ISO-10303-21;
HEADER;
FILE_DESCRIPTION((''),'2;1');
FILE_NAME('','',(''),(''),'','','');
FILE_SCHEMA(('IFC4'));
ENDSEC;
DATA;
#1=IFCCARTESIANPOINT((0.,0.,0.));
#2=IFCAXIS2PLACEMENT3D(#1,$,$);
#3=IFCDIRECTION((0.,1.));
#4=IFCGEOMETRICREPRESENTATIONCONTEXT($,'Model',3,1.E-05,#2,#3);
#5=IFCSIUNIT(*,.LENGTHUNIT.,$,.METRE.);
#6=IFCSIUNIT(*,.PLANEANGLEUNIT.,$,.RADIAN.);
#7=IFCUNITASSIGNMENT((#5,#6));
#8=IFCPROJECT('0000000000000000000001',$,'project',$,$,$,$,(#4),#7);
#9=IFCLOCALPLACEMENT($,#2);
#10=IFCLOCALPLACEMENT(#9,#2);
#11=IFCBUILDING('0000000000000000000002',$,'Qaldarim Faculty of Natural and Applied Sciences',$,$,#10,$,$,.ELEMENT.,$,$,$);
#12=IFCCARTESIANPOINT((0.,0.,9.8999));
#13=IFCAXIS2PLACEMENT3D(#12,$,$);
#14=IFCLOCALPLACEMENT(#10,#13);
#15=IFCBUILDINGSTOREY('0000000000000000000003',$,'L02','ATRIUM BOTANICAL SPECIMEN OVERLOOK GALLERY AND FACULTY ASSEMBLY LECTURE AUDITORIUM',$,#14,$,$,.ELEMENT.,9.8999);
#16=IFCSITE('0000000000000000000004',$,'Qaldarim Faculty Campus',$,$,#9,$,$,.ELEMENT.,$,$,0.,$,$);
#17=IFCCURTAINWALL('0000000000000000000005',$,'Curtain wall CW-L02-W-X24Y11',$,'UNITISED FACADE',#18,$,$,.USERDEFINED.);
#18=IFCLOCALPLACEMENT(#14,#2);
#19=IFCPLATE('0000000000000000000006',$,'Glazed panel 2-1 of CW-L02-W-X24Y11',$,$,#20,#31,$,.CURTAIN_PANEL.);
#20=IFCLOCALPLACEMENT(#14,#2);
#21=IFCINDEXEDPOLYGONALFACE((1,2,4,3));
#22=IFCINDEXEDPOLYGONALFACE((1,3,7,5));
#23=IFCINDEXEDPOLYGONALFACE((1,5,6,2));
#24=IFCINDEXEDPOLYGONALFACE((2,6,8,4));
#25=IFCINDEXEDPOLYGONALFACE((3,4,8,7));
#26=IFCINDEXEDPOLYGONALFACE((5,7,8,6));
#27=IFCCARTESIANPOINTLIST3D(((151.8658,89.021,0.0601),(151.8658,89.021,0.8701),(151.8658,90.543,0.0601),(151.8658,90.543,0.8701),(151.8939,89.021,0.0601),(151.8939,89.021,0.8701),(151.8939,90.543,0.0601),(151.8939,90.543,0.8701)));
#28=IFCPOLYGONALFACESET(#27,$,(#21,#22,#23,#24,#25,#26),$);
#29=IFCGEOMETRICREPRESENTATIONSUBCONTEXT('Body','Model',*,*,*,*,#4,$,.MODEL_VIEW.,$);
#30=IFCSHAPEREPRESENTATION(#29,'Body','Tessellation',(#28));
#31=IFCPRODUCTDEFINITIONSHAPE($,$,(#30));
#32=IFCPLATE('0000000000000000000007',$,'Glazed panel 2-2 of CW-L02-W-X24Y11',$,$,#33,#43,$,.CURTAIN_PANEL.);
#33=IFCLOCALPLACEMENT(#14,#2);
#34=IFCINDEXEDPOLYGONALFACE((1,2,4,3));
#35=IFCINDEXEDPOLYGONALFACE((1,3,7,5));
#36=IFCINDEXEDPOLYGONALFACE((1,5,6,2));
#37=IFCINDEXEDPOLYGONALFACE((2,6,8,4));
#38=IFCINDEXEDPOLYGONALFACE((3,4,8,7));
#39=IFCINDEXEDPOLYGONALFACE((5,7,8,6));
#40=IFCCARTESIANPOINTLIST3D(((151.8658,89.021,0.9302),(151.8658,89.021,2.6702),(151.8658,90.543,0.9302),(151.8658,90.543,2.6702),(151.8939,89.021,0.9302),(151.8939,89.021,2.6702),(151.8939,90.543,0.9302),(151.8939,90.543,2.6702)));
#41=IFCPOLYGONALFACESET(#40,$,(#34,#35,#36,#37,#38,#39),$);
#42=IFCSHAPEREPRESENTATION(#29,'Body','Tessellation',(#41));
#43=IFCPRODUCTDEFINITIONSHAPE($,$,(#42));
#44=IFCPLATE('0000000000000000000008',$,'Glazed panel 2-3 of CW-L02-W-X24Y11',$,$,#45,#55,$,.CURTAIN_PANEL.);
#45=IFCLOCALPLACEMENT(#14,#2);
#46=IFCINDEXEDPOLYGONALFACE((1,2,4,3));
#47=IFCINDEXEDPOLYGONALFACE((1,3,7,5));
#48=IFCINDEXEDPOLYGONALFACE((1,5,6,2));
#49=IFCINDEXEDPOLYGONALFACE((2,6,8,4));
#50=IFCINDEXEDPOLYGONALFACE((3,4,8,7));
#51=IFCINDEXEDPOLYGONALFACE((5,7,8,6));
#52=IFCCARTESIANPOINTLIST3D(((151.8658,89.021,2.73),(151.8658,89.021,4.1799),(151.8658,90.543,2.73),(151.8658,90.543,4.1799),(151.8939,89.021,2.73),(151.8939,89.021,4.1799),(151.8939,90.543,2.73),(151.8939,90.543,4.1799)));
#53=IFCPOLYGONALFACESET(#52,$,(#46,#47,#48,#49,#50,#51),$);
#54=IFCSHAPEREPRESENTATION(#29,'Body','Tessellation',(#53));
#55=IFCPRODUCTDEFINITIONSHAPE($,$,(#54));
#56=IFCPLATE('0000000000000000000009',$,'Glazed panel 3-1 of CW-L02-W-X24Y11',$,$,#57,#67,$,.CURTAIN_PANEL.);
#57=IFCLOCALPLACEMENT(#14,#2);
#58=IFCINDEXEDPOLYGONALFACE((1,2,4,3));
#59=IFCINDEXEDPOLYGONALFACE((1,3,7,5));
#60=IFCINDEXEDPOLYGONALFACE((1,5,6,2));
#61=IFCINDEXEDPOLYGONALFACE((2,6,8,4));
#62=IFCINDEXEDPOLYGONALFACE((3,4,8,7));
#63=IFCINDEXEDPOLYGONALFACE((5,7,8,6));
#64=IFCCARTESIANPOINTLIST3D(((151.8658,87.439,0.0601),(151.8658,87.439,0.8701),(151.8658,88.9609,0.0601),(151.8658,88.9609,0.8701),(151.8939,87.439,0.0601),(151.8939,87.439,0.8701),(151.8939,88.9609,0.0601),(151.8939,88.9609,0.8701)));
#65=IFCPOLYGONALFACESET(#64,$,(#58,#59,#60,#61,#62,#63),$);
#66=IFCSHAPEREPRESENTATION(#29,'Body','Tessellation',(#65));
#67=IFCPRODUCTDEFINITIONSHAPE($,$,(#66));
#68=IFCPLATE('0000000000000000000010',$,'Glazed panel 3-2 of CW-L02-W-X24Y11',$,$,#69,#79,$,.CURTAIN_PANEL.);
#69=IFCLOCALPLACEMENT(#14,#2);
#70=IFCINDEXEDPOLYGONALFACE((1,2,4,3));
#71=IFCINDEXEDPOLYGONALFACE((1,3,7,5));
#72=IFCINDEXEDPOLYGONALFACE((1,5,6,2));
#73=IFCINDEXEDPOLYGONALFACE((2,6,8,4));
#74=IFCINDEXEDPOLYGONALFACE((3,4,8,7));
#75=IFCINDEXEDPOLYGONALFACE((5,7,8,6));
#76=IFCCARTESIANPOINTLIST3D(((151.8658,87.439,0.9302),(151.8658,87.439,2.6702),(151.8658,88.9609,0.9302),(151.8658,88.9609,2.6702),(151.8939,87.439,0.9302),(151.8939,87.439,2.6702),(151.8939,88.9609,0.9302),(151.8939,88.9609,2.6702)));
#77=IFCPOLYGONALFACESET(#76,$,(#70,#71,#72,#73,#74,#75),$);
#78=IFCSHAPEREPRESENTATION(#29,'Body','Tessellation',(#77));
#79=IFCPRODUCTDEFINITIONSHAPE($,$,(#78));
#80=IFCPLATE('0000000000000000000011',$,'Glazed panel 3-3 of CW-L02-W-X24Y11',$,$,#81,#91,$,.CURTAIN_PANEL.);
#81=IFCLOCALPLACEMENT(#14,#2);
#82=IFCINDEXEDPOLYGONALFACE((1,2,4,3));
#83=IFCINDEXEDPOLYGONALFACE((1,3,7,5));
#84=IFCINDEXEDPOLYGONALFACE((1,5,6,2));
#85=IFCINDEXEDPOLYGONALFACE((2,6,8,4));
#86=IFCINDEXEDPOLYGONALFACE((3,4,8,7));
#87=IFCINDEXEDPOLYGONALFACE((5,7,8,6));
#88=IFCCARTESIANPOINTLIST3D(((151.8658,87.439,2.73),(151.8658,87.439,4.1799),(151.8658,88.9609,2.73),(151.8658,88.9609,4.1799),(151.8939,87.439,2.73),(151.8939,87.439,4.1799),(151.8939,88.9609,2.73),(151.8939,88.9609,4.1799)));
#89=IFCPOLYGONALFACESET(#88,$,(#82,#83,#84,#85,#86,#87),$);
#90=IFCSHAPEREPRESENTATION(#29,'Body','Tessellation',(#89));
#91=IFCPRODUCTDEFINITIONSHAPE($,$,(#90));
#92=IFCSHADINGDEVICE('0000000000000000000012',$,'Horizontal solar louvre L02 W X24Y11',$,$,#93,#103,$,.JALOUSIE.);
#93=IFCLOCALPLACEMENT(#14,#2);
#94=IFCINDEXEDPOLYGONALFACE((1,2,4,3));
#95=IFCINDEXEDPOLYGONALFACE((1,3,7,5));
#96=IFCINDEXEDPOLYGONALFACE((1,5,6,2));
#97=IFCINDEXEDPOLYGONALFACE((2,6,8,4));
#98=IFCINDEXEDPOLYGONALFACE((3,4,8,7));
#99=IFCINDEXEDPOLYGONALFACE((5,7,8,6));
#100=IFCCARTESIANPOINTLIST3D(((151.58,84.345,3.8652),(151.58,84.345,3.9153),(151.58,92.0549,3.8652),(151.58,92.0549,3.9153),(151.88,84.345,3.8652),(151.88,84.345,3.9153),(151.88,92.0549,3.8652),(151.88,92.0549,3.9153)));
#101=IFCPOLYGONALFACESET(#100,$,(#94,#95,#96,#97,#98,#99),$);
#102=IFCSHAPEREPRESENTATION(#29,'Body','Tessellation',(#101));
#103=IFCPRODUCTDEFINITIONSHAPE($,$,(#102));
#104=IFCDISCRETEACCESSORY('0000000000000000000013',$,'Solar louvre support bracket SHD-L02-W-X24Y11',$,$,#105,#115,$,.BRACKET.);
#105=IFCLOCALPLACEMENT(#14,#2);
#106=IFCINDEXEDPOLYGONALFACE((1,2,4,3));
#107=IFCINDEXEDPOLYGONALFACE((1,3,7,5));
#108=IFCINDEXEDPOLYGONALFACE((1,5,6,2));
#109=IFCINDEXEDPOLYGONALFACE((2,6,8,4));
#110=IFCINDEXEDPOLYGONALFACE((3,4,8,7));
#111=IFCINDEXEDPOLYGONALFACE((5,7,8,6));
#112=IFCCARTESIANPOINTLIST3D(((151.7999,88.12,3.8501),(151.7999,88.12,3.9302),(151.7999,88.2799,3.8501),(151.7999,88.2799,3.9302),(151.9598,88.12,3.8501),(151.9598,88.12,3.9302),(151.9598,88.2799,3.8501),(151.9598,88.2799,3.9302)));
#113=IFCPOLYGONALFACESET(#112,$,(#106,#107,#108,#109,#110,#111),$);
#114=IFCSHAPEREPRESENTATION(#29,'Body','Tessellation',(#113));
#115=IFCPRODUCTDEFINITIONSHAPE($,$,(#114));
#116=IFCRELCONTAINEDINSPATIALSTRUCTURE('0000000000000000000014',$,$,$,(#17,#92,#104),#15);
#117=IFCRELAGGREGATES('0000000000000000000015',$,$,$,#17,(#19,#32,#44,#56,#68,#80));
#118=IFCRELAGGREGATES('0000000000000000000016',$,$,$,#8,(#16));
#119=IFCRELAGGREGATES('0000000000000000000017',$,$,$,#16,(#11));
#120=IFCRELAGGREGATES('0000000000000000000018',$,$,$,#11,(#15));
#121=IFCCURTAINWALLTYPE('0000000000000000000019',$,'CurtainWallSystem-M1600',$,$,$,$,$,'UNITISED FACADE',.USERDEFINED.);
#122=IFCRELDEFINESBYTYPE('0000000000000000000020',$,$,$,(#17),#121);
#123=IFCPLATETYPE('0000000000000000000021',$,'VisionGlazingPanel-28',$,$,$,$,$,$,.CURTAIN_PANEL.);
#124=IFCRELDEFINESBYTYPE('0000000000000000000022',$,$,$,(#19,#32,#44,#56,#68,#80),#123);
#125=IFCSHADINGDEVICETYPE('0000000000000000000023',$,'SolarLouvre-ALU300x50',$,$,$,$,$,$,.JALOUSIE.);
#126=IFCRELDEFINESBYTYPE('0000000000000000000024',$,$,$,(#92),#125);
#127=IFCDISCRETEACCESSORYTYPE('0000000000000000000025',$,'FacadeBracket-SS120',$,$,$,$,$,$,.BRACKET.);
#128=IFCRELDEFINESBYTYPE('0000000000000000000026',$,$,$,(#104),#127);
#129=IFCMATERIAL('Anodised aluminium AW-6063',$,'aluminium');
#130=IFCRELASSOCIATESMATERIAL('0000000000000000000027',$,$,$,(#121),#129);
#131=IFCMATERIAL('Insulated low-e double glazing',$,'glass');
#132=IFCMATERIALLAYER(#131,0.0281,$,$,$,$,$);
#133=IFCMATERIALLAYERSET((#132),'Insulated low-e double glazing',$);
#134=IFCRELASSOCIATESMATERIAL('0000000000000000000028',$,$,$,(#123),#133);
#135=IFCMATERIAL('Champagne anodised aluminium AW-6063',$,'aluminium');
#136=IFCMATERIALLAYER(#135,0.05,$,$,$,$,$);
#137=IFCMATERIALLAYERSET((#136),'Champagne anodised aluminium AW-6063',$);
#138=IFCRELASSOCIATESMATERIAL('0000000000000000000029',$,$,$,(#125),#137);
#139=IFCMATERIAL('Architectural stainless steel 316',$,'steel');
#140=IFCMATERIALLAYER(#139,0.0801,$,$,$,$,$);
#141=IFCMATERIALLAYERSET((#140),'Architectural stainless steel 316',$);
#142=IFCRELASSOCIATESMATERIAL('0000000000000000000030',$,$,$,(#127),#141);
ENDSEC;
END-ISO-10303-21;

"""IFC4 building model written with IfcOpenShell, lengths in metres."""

from ifc_helpers import new_model, si_unit, direction, frame, origin, origin_2d, place, context, subcontext, project, spatial, rectangle, extrude, material, layer, layer_set, type_object, element, aggregate, save


model = new_model("IFC4")

# Units and contexts
model_context = context("Model", 3, precision=1e-05, world=origin(), true_north=direction((0.0, 1.0)))
body_context = subcontext(model_context, "Body", "Model", "MODEL_VIEW")
ifc_project = project(units=[si_unit("LENGTHUNIT", "METRE"), si_unit("PLANEANGLEUNIT", "RADIAN")], contexts=[model_context])

# Site, building, storey
site_placement = place(None, origin())
site = spatial("IfcSite", under=ifc_project, at=site_placement, Name="Qaldarim Faculty Campus", CompositionType="ELEMENT", RefElevation=0.0)
building_placement = place(site_placement, origin())
building = spatial("IfcBuilding", under=site, at=building_placement, Name="Qaldarim Faculty of Natural and Applied Sciences", CompositionType="ELEMENT")
storey_placement = place(building_placement, frame((0.0, 0.0, 9.8999)))
storey = spatial("IfcBuildingStorey", under=building, at=storey_placement, Name="L02", Description="ATRIUM BOTANICAL SPECIMEN OVERLOOK GALLERY AND FACULTY ASSEMBLY LECTURE AUDITORIUM", CompositionType="ELEMENT", Elevation=9.8999)

# Curtain wall, plates
ifc_material_1 = material(Name="Anodised aluminium AW-6063", Category="aluminium")
curtain_wall_type = type_object("IfcCurtainWallType", Name="CurtainWallSystem-M1600", ElementType="UNITISED FACADE", PredefinedType="USERDEFINED", material=ifc_material_1)
curtain_wall_placement = place(storey_placement, origin())
curtain_wall = element("IfcCurtainWall", 1, at=curtain_wall_placement, inside=storey, type_object=curtain_wall_type, Name="Curtain wall CW-L02-W-X24Y11", ObjectType="UNITISED FACADE", PredefinedType="USERDEFINED")
ifc_material_2 = material(Name="Insulated low-e double glazing", Category="glass")
ifc_layer_1 = layer(ifc_material_2, 0.0281)
ifc_layer_set_1 = layer_set([ifc_layer_1], Name="Insulated low-e double glazing")
plate_type = type_object("IfcPlateType", Name="VisionGlazingPanel-28", PredefinedType="CURTAIN_PANEL", material=ifc_layer_set_1)
plate_1_placement = place(storey_placement, frame((151.8799, 89.782, 0.0601), z_axis=(0.0, 0.0, 1.0), x_axis=(0.0, -1.0, 0.0)))
plate_1 = element("IfcPlate", 2, at=plate_1_placement, type_object=plate_type, Name="Glazed panel 2-1 of CW-L02-W-X24Y11", PredefinedType="CURTAIN_PANEL", context=body_context, shape_type="SweptSolid", body=[
    extrude(rectangle(XDim=1.522, YDim=0.0281, at=origin_2d()), origin(), (0.0, 0.0, 1.0), 0.8101),
])
plate_2_placement = place(storey_placement, frame((151.8799, 89.782, 0.9302), z_axis=(0.0, 0.0, 1.0), x_axis=(0.0, -1.0, 0.0)))
plate_2 = element("IfcPlate", 3, at=plate_2_placement, type_object=plate_type, Name="Glazed panel 2-2 of CW-L02-W-X24Y11", PredefinedType="CURTAIN_PANEL", context=body_context, shape_type="SweptSolid", body=[
    extrude(rectangle(XDim=1.522, YDim=0.0281, at=origin_2d()), origin(), (0.0, 0.0, 1.0), 1.74),
])
plate_3_placement = place(storey_placement, frame((151.8799, 89.782, 2.73), z_axis=(0.0, 0.0, 1.0), x_axis=(0.0, -1.0, 0.0)))
plate_3 = element("IfcPlate", 4, at=plate_3_placement, type_object=plate_type, Name="Glazed panel 2-3 of CW-L02-W-X24Y11", PredefinedType="CURTAIN_PANEL", context=body_context, shape_type="SweptSolid", body=[
    extrude(rectangle(XDim=1.522, YDim=0.0281, at=origin_2d()), origin(), (0.0, 0.0, 1.0), 1.45),
])
plate_4_placement = place(storey_placement, frame((151.8799, 88.2, 0.0601), z_axis=(0.0, 0.0, 1.0), x_axis=(0.0, -1.0, 0.0)))
plate_4 = element("IfcPlate", 5, at=plate_4_placement, type_object=plate_type, Name="Glazed panel 3-1 of CW-L02-W-X24Y11", PredefinedType="CURTAIN_PANEL", context=body_context, shape_type="SweptSolid", body=[
    extrude(rectangle(XDim=1.522, YDim=0.0281, at=origin_2d()), origin(), (0.0, 0.0, 1.0), 0.8101),
])
plate_5_placement = place(storey_placement, frame((151.8799, 88.2, 0.9302), z_axis=(0.0, 0.0, 1.0), x_axis=(0.0, -1.0, 0.0)))
plate_5 = element("IfcPlate", 6, at=plate_5_placement, type_object=plate_type, Name="Glazed panel 3-2 of CW-L02-W-X24Y11", PredefinedType="CURTAIN_PANEL", context=body_context, shape_type="SweptSolid", body=[
    extrude(rectangle(XDim=1.522, YDim=0.0281, at=origin_2d()), origin(), (0.0, 0.0, 1.0), 1.74),
])
plate_6_placement = place(storey_placement, frame((151.8799, 88.2, 2.73), z_axis=(0.0, 0.0, 1.0), x_axis=(0.0, -1.0, 0.0)))
plate_6 = element("IfcPlate", 7, at=plate_6_placement, type_object=plate_type, Name="Glazed panel 3-3 of CW-L02-W-X24Y11", PredefinedType="CURTAIN_PANEL", context=body_context, shape_type="SweptSolid", body=[
    extrude(rectangle(XDim=1.522, YDim=0.0281, at=origin_2d()), origin(), (0.0, 0.0, 1.0), 1.45),
])
aggregate(curtain_wall, [plate_1, plate_2, plate_3, plate_4, plate_5, plate_6])

# Shading device
ifc_material_3 = material(Name="Champagne anodised aluminium AW-6063", Category="aluminium")
ifc_layer_2 = layer(ifc_material_3, 0.05)
ifc_layer_set_2 = layer_set([ifc_layer_2], Name="Champagne anodised aluminium AW-6063")
shading_device_type = type_object("IfcShadingDeviceType", Name="SolarLouvre-ALU300x50", PredefinedType="JALOUSIE", material=ifc_layer_set_2)
shading_device_placement = place(storey_placement, frame((151.73, 88.2, 3.8652), z_axis=(0.0, 0.0, 1.0), x_axis=(0.0, 1.0, 0.0)))
element("IfcShadingDevice", 8, at=shading_device_placement, inside=storey, type_object=shading_device_type, Name="Horizontal solar louvre L02 W X24Y11", PredefinedType="JALOUSIE", context=body_context, shape_type="SweptSolid", body=[
    extrude(rectangle(XDim=7.71, YDim=0.3, at=origin_2d()), origin(), (0.0, 0.0, 1.0), 0.05),
])

# Discrete accessory
ifc_material_4 = material(Name="Architectural stainless steel 316", Category="steel")
ifc_layer_3 = layer(ifc_material_4, 0.0801)
ifc_layer_set_3 = layer_set([ifc_layer_3], Name="Architectural stainless steel 316")
discrete_accessory_type = type_object("IfcDiscreteAccessoryType", Name="FacadeBracket-SS120", PredefinedType="BRACKET", material=ifc_layer_set_3)
discrete_accessory_placement = place(storey_placement, frame((151.8799, 88.2, 3.8501), z_axis=(0.0, 0.0, 1.0), x_axis=(0.0, 1.0, 0.0)))
element("IfcDiscreteAccessory", 9, at=discrete_accessory_placement, inside=storey, type_object=discrete_accessory_type, Name="Solar louvre support bracket SHD-L02-W-X24Y11", PredefinedType="BRACKET", context=body_context, shape_type="SweptSolid", body=[
    extrude(rectangle(XDim=0.1599, YDim=0.1599, at=origin_2d()), origin(), (0.0, 0.0, 1.0), 0.0801),
])

save(model, "model.ifc")
